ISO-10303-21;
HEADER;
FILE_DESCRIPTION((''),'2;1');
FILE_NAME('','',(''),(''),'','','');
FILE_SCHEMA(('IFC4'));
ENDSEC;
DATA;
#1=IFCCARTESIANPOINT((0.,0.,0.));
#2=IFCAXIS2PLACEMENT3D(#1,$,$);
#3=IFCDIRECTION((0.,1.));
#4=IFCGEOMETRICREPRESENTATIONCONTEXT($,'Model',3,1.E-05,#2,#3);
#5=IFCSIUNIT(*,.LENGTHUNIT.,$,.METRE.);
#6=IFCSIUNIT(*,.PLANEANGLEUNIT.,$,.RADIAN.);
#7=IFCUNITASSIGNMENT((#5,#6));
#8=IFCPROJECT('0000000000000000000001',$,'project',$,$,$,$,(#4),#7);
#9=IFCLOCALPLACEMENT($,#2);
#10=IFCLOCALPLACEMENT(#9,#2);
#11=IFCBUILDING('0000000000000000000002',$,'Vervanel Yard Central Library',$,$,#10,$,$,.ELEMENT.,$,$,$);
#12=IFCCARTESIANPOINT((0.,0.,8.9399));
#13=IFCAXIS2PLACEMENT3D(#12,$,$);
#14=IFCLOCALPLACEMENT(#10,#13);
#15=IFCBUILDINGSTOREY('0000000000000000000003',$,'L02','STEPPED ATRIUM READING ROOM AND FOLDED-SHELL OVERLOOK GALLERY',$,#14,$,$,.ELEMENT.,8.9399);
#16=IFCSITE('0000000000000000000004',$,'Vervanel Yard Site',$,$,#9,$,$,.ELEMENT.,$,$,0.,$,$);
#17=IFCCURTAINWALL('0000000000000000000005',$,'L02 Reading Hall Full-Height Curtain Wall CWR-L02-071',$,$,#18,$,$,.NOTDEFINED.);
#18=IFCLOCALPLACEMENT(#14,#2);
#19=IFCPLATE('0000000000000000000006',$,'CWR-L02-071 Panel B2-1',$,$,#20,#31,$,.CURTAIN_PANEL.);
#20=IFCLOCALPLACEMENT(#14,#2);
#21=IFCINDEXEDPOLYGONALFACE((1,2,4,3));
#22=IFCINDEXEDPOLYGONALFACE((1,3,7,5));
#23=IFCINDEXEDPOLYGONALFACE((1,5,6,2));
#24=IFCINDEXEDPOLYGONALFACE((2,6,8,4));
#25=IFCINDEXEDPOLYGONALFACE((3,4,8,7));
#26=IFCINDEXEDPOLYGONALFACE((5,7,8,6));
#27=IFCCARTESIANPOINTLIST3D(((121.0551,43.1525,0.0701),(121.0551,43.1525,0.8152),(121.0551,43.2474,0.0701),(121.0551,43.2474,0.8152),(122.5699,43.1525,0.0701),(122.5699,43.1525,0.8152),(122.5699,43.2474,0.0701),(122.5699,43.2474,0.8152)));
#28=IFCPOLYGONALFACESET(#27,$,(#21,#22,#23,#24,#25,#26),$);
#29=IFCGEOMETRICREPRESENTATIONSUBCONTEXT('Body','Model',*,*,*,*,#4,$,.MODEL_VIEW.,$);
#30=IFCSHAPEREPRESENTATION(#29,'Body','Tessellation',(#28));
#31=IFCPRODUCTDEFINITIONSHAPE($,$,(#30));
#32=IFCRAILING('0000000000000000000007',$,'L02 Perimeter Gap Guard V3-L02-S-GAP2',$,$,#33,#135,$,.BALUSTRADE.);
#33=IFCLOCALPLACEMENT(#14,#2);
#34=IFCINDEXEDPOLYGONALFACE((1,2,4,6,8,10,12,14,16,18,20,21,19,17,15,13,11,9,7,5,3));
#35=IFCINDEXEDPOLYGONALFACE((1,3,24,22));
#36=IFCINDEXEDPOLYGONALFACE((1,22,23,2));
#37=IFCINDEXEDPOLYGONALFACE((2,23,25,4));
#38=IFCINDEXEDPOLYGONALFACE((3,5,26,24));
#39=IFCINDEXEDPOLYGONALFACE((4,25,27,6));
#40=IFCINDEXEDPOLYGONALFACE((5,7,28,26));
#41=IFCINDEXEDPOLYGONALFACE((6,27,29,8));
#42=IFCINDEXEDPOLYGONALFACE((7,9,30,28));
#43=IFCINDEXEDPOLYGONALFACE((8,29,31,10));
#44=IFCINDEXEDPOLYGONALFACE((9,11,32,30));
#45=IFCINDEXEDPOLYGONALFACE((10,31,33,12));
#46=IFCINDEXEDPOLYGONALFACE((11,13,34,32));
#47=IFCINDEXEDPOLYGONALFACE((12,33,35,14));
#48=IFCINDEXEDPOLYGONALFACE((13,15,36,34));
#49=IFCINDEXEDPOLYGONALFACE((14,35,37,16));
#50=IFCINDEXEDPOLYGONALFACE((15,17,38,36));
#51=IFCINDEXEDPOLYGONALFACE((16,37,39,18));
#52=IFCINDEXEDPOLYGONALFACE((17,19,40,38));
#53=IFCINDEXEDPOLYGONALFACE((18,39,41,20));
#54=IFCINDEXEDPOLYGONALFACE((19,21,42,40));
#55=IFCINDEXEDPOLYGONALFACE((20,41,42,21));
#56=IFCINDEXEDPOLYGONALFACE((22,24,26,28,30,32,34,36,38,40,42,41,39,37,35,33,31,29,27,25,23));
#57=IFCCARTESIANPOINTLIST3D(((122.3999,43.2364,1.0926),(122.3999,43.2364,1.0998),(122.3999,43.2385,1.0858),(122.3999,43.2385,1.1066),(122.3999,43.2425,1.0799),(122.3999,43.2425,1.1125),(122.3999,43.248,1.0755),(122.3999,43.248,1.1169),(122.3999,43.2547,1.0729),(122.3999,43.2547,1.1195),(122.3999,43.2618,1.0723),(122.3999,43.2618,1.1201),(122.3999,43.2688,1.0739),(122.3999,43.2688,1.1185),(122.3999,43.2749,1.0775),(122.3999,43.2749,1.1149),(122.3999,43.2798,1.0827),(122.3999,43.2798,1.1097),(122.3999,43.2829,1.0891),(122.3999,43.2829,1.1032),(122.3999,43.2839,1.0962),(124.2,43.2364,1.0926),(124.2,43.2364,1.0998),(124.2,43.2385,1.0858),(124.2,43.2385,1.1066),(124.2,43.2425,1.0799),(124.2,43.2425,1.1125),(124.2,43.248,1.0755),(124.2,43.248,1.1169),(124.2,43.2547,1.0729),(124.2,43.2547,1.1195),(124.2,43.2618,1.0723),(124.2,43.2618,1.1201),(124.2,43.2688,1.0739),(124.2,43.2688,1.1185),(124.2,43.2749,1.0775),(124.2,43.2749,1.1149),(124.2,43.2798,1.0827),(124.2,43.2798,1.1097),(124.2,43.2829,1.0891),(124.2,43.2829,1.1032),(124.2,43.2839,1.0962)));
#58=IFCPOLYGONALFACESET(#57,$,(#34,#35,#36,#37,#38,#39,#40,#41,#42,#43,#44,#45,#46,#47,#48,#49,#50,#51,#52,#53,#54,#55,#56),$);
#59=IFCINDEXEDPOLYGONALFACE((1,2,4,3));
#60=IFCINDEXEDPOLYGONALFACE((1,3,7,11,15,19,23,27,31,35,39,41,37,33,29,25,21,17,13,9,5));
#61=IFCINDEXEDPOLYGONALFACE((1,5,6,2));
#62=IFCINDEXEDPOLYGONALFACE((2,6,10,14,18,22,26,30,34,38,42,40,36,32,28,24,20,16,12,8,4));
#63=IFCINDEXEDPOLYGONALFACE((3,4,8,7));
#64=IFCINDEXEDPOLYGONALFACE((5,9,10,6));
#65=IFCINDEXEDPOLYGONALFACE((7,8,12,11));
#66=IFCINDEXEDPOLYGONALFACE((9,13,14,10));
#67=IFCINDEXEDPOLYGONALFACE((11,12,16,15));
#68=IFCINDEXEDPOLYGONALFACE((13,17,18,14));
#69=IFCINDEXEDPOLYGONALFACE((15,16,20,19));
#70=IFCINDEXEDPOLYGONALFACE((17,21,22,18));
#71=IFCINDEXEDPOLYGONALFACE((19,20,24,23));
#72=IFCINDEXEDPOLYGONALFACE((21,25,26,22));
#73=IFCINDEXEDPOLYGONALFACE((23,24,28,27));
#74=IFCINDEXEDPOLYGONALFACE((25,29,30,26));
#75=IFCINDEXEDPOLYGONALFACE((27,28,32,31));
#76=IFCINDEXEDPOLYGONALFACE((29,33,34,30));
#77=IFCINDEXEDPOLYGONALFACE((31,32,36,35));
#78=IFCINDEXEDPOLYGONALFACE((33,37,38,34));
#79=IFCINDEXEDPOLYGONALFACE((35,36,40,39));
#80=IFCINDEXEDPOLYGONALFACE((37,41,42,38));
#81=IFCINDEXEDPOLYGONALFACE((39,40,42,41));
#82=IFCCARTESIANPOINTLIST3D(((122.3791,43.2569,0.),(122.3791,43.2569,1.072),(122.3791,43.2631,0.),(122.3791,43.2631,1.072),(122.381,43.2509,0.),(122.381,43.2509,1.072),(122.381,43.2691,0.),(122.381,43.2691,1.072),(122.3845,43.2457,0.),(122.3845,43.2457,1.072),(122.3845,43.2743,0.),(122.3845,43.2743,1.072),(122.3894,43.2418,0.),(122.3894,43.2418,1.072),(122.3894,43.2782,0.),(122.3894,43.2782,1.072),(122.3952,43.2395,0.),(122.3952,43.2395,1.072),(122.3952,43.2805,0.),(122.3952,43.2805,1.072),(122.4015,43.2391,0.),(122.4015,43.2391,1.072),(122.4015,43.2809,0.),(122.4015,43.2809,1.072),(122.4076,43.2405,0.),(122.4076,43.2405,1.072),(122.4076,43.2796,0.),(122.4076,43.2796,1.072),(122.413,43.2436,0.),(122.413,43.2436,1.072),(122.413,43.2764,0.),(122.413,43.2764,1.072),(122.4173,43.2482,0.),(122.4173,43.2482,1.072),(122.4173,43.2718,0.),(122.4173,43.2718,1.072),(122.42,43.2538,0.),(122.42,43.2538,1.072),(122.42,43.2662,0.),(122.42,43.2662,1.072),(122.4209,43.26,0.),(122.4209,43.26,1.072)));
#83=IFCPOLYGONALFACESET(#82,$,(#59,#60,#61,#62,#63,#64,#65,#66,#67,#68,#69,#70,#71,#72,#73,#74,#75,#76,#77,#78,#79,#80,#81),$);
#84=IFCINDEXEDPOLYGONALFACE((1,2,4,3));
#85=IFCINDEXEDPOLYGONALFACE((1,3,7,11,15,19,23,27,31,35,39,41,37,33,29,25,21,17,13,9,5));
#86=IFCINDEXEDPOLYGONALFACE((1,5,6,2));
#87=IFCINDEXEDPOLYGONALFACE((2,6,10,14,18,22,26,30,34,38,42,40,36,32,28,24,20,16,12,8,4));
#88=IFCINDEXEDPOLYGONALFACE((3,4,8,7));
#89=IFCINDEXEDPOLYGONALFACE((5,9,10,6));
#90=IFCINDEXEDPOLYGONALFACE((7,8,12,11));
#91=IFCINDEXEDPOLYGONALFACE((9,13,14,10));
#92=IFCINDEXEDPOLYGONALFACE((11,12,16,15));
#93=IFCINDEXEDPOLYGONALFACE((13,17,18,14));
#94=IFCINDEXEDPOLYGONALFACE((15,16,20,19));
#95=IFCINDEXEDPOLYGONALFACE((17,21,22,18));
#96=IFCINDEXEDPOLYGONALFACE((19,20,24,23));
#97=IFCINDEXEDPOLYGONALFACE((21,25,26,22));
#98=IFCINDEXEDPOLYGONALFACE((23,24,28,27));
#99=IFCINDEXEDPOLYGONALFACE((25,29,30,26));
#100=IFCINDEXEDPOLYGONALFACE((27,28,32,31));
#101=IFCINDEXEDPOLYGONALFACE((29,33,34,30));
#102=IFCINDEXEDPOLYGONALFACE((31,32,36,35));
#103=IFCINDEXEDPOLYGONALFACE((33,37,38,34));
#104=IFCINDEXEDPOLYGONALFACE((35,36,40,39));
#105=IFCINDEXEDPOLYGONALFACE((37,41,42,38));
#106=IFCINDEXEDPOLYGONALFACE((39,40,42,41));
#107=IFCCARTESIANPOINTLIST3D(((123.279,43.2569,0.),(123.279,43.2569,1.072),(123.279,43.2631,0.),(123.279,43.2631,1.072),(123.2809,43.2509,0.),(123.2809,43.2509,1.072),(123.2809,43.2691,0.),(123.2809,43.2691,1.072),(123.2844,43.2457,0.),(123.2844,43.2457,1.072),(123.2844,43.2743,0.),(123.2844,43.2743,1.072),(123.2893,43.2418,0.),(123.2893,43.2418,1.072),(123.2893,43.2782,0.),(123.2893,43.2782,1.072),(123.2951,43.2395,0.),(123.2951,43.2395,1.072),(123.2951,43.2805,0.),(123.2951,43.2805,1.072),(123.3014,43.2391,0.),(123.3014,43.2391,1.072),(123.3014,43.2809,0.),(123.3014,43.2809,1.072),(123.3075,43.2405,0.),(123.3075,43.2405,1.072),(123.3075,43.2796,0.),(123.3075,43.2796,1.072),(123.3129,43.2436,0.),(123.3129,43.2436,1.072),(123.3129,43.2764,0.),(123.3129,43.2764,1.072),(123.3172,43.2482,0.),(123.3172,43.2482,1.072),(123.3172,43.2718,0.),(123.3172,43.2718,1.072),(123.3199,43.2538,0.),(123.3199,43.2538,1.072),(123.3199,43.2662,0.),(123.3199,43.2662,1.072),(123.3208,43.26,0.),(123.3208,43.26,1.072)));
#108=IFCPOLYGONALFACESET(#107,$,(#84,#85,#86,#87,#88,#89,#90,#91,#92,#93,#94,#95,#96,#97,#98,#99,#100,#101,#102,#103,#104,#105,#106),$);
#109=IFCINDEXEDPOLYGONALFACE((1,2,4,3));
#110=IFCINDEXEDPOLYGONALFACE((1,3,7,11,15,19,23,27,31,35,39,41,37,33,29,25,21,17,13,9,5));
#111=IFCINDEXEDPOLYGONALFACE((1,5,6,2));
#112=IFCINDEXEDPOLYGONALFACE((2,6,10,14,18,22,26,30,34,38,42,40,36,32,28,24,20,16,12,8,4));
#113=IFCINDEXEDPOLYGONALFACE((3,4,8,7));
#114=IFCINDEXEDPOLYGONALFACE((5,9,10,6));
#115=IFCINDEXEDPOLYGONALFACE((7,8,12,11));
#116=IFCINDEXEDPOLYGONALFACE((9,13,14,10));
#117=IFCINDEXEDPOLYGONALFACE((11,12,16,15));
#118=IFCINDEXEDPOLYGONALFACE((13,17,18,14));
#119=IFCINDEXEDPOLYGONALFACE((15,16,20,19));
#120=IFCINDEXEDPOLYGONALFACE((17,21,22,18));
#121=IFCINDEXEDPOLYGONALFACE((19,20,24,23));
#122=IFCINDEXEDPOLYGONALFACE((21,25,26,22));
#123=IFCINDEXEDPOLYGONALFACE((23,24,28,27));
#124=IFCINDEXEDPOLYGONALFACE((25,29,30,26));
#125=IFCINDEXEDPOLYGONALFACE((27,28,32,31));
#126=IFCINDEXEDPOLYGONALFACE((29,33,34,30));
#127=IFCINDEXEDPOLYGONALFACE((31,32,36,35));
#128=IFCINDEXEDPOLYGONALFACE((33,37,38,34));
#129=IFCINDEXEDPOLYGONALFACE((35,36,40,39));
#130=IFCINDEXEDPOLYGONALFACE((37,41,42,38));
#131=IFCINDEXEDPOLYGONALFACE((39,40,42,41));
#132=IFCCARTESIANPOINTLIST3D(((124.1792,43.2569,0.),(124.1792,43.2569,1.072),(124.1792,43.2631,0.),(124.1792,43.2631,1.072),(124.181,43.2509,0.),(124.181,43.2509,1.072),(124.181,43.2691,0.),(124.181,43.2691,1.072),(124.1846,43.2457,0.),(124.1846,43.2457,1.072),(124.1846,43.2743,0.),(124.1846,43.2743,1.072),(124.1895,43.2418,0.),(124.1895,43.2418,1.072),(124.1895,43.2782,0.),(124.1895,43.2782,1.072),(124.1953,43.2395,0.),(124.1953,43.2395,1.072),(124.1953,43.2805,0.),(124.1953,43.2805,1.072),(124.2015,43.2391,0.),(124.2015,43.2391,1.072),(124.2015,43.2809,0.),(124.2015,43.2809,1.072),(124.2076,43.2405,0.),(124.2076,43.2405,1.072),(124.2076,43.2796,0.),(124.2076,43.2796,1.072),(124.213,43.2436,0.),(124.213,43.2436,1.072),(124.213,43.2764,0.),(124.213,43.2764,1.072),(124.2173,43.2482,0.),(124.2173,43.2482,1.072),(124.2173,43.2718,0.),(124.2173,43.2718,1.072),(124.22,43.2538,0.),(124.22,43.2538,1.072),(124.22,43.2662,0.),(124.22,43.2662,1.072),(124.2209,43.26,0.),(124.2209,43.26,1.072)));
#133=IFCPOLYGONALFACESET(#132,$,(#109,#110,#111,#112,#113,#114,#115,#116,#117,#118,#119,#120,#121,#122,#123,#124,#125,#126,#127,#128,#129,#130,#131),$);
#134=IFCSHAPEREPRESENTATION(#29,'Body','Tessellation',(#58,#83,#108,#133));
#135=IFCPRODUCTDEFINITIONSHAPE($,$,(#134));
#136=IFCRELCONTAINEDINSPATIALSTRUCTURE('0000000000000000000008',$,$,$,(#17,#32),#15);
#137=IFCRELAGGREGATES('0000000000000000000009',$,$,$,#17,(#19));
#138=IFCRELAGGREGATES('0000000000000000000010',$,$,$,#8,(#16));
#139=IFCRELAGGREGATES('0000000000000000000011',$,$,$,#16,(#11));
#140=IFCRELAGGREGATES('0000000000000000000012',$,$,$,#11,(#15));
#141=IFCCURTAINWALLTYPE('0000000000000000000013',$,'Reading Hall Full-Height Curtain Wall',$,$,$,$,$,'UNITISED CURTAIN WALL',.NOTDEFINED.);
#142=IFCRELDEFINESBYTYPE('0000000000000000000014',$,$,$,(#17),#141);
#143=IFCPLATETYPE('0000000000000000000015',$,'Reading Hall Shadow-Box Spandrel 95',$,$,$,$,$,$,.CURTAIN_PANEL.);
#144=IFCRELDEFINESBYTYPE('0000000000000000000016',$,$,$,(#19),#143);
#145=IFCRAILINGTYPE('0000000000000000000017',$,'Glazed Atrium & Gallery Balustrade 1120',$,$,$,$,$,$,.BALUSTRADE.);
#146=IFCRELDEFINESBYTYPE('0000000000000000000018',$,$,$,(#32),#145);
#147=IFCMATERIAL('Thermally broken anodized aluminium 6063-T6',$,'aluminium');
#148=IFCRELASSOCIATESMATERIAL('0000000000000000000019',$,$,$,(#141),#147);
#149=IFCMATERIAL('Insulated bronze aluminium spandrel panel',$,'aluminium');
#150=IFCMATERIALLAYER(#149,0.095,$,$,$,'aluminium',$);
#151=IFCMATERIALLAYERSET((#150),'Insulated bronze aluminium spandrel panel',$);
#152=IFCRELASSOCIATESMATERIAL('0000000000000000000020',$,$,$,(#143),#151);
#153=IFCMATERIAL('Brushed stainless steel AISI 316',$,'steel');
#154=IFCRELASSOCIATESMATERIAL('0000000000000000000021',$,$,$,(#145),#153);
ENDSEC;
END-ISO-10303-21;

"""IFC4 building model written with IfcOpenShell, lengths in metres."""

from ifc_helpers import new_model, si_unit, direction, frame, origin, origin_2d, place, context, subcontext, project, spatial, rectangle, circle, extrude, material, layer, layer_set, type_object, element, aggregate, save


model = new_model("IFC4")

# Units and contexts
model_context = context("Model", 3, precision=1e-05, world=origin(), true_north=direction((0.0, 1.0)))
body_context = subcontext(model_context, "Body", "Model", "MODEL_VIEW")
ifc_project = project(units=[si_unit("LENGTHUNIT", "METRE"), si_unit("PLANEANGLEUNIT", "RADIAN")], contexts=[model_context])

# Site, building, storey
site_placement = place(None, origin())
site = spatial("IfcSite", under=ifc_project, at=site_placement, Name="Vervanel Yard Site", CompositionType="ELEMENT", RefElevation=0.0)
building_placement = place(site_placement, origin())
building = spatial("IfcBuilding", under=site, at=building_placement, Name="Vervanel Yard Central Library", CompositionType="ELEMENT")
storey_placement = place(building_placement, frame((0.0, 0.0, 8.9399)))
storey = spatial("IfcBuildingStorey", under=building, at=storey_placement, Name="L02", Description="STEPPED ATRIUM READING ROOM AND FOLDED-SHELL OVERLOOK GALLERY", CompositionType="ELEMENT", Elevation=8.9399)

# Curtain wall
ifc_material_1 = material(Name="Thermally broken anodized aluminium 6063-T6", Category="aluminium")
curtain_wall_type = type_object("IfcCurtainWallType", Name="Reading Hall Full-Height Curtain Wall", ElementType="UNITISED CURTAIN WALL", PredefinedType="NOTDEFINED", material=ifc_material_1)
curtain_wall_1_placement = place(storey_placement, origin())
curtain_wall_1 = element("IfcCurtainWall", 1, at=curtain_wall_1_placement, inside=storey, type_object=curtain_wall_type, Name="L02 Reading Hall Full-Height Curtain Wall CWR-L02-071", PredefinedType="NOTDEFINED")

# Plate
ifc_material_2 = material(Name="Insulated bronze aluminium spandrel panel", Category="aluminium")
ifc_layer_1 = layer(ifc_material_2, 0.095, Category="aluminium")
ifc_layer_set_1 = layer_set([ifc_layer_1], Name="Insulated bronze aluminium spandrel panel")
plate_type_1 = type_object("IfcPlateType", Name="Reading Hall Shadow-Box Spandrel 95", PredefinedType="CURTAIN_PANEL", material=ifc_layer_set_1)
plate_1_placement = place(storey_placement, frame((121.8125, 43.2, 0.0701), z_axis=(0.0, 0.0, 1.0), x_axis=(1.0, 0.0, 0.0)))
plate_1 = element("IfcPlate", 2, at=plate_1_placement, type_object=plate_type_1, Name="CWR-L02-071 Panel B2-1", PredefinedType="CURTAIN_PANEL", context=body_context, shape_type="SweptSolid", body=[
    extrude(rectangle(XDim=1.5149, YDim=0.095, at=origin_2d()), origin(), (0.0, 0.0, 1.0), 0.7451),
])
aggregate(curtain_wall_1, [plate_1])

# Railing
ifc_material_3 = material(Name="Brushed stainless steel AISI 316", Category="steel")
railing_type = type_object("IfcRailingType", Name="Glazed Atrium & Gallery Balustrade 1120", PredefinedType="BALUSTRADE", material=ifc_material_3)
railing_placement = place(storey_placement, frame((122.3999, 43.26, 0.0)))
element("IfcRailing", 3, at=railing_placement, inside=storey, type_object=railing_type, Name="L02 Perimeter Gap Guard V3-L02-S-GAP2", PredefinedType="BALUSTRADE", context=body_context, shape_type="SweptSolid", body=[
    extrude(circle(Radius=0.0239, at=origin_2d()), frame((0.0, 0.0, 1.0962), z_axis=(1.0, 0.0, 0.0), x_axis=(0.0, 1.0, 0.0)), (0.0, 0.0, 1.0), 1.8),
    extrude(circle(Radius=0.021, at=origin_2d()), origin(), (0.0, 0.0, 1.0), 1.072),
    extrude(circle(Radius=0.021, at=origin_2d()), frame((0.8999, 0.0, 0.0)), (0.0, 0.0, 1.0), 1.072),
    extrude(circle(Radius=0.021, at=origin_2d()), frame((1.8, 0.0, 0.0)), (0.0, 0.0, 1.0), 1.072),
])

save(model, "model.ifc")
